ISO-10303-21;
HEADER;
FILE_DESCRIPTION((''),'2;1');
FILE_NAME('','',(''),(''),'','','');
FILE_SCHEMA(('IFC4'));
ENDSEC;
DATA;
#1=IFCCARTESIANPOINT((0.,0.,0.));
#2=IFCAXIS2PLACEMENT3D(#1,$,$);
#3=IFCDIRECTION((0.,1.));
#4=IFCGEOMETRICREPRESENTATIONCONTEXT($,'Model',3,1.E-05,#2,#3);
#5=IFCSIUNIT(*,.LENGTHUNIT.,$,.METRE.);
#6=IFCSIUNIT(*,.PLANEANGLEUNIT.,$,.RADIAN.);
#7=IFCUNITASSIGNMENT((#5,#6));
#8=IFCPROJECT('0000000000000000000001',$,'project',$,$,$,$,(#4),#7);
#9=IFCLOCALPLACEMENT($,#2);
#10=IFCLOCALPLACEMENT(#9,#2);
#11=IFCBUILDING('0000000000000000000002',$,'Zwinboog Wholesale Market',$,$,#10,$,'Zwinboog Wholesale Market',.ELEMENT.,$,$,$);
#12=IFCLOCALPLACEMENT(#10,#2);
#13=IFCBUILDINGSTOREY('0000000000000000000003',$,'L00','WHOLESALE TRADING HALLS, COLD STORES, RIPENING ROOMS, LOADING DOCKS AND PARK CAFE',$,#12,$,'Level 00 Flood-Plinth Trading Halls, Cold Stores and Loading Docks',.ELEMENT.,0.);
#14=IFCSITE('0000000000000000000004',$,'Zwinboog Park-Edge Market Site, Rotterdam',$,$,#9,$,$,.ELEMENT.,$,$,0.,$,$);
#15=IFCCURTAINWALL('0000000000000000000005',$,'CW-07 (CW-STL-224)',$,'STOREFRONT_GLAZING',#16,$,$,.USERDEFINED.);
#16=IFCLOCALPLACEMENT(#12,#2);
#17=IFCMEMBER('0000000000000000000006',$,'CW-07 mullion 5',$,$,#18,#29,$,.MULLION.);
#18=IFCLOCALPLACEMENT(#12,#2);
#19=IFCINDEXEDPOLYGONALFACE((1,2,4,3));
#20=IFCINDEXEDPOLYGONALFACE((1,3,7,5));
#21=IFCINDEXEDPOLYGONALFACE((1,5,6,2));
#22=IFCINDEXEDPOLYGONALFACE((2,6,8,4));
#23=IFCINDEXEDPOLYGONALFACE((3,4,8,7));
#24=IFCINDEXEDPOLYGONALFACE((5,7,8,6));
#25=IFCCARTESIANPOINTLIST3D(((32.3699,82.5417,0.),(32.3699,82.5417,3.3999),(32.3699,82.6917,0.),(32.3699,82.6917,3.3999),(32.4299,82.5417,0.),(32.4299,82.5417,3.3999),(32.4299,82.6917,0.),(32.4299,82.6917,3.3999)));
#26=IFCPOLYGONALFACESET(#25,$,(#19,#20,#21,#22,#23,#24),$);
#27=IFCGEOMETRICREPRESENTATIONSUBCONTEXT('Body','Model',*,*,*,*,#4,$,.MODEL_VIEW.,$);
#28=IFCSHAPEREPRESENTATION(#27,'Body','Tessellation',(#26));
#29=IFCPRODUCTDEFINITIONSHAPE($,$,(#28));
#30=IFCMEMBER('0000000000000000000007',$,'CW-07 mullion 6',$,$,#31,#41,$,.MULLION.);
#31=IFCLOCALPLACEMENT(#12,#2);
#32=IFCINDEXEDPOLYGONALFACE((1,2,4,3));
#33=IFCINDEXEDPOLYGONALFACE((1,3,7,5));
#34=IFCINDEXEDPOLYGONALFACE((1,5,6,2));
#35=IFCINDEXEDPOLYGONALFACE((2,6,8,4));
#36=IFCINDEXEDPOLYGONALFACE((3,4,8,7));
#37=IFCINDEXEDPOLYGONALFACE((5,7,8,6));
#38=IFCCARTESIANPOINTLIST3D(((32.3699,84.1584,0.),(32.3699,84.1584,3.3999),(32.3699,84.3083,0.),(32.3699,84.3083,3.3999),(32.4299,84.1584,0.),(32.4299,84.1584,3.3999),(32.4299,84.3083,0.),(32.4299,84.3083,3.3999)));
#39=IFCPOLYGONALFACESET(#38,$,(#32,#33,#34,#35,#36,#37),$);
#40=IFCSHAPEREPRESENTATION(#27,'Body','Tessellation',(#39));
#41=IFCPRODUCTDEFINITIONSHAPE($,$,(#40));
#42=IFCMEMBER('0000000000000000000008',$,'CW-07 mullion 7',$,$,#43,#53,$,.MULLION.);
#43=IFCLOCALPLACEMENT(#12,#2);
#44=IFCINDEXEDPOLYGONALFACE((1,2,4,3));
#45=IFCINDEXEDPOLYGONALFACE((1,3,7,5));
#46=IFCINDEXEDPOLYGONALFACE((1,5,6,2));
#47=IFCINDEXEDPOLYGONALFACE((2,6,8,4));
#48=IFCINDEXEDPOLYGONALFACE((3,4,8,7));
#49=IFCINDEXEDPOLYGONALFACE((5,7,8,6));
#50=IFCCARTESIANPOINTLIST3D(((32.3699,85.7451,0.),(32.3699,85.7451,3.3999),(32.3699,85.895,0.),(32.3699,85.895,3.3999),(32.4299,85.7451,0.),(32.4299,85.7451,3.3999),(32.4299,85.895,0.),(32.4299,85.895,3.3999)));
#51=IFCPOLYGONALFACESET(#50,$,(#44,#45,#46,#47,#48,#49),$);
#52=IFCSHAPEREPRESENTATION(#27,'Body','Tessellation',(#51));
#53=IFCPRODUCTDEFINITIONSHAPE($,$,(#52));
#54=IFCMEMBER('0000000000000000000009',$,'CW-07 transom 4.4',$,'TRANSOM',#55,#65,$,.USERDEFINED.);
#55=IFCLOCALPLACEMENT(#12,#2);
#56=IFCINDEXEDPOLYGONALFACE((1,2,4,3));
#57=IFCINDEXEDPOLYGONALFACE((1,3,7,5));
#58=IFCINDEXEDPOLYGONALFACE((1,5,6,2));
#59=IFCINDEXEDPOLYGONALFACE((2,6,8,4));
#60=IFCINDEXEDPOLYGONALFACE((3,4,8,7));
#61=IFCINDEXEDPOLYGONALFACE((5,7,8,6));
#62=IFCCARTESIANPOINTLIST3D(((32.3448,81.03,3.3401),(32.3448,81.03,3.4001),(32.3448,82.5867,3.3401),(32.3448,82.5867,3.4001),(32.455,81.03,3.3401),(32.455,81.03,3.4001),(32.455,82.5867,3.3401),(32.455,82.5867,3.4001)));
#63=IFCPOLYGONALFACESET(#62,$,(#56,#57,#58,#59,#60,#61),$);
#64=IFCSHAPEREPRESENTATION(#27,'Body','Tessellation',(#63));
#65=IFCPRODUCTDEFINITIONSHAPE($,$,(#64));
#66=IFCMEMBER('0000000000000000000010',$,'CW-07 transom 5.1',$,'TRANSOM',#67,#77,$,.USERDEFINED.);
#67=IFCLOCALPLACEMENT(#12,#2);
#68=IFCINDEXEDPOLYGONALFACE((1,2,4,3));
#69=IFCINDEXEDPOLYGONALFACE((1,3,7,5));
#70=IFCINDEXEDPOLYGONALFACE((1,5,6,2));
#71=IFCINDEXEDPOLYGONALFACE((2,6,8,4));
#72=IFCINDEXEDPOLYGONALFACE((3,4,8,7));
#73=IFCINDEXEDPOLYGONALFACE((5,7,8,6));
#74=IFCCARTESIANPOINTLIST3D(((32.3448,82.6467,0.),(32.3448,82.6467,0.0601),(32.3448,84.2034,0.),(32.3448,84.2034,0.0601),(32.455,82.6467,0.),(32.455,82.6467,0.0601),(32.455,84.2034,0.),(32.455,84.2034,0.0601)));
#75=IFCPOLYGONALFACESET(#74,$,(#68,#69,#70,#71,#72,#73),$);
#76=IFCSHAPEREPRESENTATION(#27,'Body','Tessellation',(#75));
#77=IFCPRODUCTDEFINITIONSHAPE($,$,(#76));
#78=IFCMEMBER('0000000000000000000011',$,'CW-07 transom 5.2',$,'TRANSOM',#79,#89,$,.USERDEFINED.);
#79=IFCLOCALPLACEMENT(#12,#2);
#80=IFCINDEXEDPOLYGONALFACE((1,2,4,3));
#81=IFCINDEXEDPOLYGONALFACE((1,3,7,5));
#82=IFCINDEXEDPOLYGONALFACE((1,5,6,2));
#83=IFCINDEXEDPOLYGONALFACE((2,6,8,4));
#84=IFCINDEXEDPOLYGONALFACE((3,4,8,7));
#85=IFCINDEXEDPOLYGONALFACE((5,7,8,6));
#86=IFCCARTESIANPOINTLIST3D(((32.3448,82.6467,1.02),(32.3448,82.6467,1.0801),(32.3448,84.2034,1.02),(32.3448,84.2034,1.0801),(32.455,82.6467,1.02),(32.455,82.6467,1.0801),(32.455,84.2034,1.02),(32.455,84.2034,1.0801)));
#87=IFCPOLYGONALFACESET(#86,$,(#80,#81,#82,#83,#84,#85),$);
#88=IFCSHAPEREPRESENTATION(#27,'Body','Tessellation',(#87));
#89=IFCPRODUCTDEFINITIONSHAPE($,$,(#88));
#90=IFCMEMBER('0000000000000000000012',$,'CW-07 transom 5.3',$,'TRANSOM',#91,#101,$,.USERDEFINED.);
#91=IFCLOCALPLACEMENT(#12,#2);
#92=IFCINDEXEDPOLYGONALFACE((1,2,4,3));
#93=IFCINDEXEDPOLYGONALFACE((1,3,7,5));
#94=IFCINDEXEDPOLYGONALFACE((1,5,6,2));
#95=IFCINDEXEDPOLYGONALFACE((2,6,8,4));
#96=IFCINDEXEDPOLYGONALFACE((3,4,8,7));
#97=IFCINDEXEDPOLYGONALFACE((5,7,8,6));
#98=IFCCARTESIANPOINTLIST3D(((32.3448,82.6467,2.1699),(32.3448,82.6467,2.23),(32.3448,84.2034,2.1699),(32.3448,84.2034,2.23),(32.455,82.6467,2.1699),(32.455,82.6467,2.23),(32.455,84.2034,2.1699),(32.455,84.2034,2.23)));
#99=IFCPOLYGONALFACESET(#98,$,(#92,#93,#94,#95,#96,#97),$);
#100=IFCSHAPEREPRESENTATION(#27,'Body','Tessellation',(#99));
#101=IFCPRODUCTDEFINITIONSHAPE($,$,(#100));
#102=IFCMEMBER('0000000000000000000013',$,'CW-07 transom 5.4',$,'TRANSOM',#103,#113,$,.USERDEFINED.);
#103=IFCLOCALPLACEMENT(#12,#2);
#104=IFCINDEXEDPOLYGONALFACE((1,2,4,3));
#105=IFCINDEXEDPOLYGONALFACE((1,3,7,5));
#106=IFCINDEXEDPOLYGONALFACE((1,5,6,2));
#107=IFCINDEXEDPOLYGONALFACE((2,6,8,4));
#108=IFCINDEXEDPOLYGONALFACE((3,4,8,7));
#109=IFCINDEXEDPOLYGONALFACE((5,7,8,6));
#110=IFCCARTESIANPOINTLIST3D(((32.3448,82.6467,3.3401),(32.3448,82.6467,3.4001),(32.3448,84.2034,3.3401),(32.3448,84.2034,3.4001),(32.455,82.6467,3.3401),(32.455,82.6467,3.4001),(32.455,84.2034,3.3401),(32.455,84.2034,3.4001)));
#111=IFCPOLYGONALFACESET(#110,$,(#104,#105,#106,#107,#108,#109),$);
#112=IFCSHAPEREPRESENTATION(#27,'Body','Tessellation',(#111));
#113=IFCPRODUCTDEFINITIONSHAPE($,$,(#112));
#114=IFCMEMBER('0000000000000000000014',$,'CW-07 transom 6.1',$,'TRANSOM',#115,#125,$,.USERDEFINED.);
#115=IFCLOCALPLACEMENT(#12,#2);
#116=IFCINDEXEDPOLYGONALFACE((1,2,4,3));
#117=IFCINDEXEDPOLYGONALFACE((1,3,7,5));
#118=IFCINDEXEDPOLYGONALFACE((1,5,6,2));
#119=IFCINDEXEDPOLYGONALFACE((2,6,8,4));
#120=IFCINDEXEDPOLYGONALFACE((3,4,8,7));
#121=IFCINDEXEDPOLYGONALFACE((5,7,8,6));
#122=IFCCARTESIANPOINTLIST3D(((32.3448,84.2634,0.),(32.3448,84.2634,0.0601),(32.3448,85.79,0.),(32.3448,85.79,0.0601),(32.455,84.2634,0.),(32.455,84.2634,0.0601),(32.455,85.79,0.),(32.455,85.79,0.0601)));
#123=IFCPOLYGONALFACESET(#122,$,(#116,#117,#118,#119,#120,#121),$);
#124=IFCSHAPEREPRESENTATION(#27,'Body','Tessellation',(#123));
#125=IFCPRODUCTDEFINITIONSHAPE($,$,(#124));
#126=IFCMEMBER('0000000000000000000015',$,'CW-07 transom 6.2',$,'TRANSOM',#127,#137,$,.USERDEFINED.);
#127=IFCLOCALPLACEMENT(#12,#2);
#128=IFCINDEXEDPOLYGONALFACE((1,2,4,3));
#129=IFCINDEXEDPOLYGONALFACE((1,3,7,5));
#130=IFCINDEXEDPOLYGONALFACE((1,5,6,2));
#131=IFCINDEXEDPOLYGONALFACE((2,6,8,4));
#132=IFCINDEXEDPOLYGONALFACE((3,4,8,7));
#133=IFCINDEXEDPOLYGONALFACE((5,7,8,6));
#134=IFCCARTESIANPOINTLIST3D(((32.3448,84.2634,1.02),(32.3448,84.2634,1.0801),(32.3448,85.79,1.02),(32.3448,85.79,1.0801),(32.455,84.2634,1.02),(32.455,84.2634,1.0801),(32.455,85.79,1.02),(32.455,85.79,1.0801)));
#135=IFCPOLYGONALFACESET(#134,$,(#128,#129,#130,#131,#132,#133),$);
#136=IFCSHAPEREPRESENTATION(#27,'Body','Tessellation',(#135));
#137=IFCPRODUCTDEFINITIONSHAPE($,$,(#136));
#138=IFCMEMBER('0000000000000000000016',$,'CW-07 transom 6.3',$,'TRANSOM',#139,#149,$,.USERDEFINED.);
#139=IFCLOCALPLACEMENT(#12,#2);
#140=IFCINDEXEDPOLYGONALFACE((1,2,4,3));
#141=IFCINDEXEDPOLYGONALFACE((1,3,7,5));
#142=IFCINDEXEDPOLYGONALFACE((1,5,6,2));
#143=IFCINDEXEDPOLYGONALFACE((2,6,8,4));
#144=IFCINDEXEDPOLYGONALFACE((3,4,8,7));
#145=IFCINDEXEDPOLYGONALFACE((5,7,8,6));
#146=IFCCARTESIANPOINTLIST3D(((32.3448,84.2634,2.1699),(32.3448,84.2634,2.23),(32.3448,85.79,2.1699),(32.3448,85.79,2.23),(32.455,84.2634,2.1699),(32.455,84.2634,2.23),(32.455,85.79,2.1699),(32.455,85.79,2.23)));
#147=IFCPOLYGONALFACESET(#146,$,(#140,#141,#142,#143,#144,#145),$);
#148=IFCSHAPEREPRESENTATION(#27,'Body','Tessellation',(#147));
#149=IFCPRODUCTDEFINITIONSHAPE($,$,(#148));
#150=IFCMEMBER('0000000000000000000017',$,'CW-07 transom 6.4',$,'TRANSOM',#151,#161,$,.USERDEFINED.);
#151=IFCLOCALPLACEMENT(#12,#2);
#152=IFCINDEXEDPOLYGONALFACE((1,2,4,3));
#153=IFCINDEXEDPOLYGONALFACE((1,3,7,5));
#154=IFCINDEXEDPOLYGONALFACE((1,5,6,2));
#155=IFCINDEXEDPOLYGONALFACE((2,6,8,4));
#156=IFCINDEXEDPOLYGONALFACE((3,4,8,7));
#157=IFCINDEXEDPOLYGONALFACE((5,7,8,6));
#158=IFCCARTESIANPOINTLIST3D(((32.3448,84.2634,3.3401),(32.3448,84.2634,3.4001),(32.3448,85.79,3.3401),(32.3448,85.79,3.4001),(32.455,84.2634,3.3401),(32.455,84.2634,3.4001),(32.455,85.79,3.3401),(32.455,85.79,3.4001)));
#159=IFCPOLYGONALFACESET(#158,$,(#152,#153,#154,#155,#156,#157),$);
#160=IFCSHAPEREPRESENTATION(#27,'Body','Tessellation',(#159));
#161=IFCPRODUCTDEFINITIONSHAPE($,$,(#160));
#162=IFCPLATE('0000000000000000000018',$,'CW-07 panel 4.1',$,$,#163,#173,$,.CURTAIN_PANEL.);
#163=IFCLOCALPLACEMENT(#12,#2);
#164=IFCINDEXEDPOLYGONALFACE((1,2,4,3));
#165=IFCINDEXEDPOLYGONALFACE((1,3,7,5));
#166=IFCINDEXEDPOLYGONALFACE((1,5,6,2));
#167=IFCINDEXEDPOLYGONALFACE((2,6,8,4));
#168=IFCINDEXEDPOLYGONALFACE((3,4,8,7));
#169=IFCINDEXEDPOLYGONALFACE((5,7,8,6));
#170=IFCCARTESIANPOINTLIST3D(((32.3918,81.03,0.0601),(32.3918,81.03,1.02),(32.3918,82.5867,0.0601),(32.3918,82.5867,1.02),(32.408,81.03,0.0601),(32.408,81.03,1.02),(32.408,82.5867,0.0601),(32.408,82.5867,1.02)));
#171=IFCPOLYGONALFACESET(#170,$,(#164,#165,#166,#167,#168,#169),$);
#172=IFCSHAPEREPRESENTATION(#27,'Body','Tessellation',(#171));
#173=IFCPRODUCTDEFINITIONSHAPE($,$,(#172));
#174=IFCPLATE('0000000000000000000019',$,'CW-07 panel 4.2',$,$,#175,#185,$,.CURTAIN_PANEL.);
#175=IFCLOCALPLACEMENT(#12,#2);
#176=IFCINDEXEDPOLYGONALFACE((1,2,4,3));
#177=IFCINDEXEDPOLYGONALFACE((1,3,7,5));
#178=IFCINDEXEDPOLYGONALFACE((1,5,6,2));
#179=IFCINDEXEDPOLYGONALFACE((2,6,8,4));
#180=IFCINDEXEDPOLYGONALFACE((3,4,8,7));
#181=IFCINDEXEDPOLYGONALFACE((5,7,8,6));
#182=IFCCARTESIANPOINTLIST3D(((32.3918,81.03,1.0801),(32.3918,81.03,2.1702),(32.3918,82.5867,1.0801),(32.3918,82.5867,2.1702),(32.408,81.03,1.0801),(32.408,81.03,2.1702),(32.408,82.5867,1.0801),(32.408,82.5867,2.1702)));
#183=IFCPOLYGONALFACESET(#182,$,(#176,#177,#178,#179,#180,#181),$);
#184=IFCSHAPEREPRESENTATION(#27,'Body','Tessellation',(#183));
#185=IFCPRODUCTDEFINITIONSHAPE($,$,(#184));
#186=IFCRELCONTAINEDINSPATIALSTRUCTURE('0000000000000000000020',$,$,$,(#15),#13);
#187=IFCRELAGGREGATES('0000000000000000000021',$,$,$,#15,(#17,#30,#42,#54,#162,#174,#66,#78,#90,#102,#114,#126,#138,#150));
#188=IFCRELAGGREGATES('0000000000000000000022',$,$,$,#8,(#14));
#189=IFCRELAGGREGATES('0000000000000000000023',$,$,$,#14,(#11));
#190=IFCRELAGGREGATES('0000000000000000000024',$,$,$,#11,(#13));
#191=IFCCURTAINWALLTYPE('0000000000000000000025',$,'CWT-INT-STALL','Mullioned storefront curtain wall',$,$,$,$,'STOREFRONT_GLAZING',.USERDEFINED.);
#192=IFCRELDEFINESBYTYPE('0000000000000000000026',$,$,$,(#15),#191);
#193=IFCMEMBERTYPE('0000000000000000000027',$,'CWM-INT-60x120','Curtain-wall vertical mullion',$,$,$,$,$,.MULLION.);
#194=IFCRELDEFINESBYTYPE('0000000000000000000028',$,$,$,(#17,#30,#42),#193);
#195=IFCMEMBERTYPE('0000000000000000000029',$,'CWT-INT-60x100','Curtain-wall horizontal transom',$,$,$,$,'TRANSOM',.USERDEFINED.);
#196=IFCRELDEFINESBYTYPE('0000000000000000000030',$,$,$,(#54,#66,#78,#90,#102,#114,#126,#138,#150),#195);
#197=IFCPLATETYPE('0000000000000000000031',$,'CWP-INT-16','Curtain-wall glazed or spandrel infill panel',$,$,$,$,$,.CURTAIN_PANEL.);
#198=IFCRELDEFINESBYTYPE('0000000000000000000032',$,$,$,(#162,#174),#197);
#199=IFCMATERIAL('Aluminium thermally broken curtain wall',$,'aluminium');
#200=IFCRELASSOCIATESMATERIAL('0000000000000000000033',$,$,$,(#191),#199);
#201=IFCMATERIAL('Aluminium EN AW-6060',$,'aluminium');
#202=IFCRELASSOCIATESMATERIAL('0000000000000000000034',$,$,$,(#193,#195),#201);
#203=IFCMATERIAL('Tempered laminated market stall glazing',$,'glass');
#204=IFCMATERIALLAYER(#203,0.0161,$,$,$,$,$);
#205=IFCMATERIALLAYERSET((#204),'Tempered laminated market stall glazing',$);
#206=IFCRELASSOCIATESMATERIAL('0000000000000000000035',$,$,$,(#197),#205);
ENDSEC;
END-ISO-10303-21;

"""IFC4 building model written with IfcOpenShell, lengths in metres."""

from ifc_helpers import new_model, si_unit, direction, frame, origin, origin_2d, place, context, subcontext, project, spatial, rectangle, extrude, material, layer, layer_set, material_profile, profile_set, type_object, element, aggregate, save


model = new_model("IFC4")

# Units and contexts
model_context = context("Model", 3, precision=1e-05, world=origin(), true_north=direction((0.0, 1.0)))
body_context = subcontext(model_context, "Body", "Model", "MODEL_VIEW")
ifc_project = project(units=[si_unit("LENGTHUNIT", "METRE"), si_unit("PLANEANGLEUNIT", "RADIAN")], contexts=[model_context])

# Site, building, storey
site_placement = place(None, origin())
site = spatial("IfcSite", under=ifc_project, at=site_placement, Name="Zwinboog Park-Edge Market Site, Rotterdam", CompositionType="ELEMENT", RefElevation=0.0)
building_placement = place(site_placement, origin())
building = spatial("IfcBuilding", under=site, at=building_placement, Name="Zwinboog Wholesale Market", LongName="Zwinboog Wholesale Market", CompositionType="ELEMENT")
storey_placement = place(building_placement, origin())
storey = spatial("IfcBuildingStorey", under=building, at=storey_placement, Name="L00", Description="WHOLESALE TRADING HALLS, COLD STORES, RIPENING ROOMS, LOADING DOCKS AND PARK CAFE", LongName="Level 00 Flood-Plinth Trading Halls, Cold Stores and Loading Docks", CompositionType="ELEMENT", Elevation=0.0)

# Curtain wall, members, plates
ifc_material_1 = material(Name="Aluminium thermally broken curtain wall", Category="aluminium")
curtain_wall_type = type_object("IfcCurtainWallType", Name="CWT-INT-STALL", Description="Mullioned storefront curtain wall", ElementType="STOREFRONT_GLAZING", PredefinedType="USERDEFINED", material=ifc_material_1)
curtain_wall_placement = place(storey_placement, origin())
curtain_wall = element("IfcCurtainWall", 1, at=curtain_wall_placement, inside=storey, type_object=curtain_wall_type, Name="CW-07 (CW-STL-224)", ObjectType="STOREFRONT_GLAZING", PredefinedType="USERDEFINED")
ifc_material_2 = material(Name="Aluminium EN AW-6060", Category="aluminium")
ifc_material_profile_1 = material_profile(ifc_material_2, rectangle(XDim=0.0601, YDim=0.1499, at=origin_2d()), Name="AL 60x150")
ifc_profile_set_1 = profile_set([ifc_material_profile_1], Name="Aluminium EN AW-6060")
member_type_1 = type_object("IfcMemberType", Name="CWM-INT-60x120", Description="Curtain-wall vertical mullion", PredefinedType="MULLION", material=ifc_profile_set_1)
member_1_placement = place(storey_placement, frame((32.3999, 82.6167, 0.0), z_axis=(0.0, 0.0, 1.0), x_axis=(-1.0, 0.0, 0.0)))
member_1 = element("IfcMember", 2, at=member_1_placement, type_object=member_type_1, Name="CW-07 mullion 5", PredefinedType="MULLION", context=body_context, shape_type="SweptSolid", body=[
    extrude(rectangle(XDim=0.0601, YDim=0.1499, at=origin_2d()), origin(), (0.0, 0.0, 1.0), 3.3999),
])
member_2_placement = place(storey_placement, frame((32.3999, 84.2334, 0.0), z_axis=(0.0, 0.0, 1.0), x_axis=(-1.0, 0.0, 0.0)))
member_2 = element("IfcMember", 3, at=member_2_placement, type_object=member_type_1, Name="CW-07 mullion 6", PredefinedType="MULLION", context=body_context, shape_type="SweptSolid", body=[
    extrude(rectangle(XDim=0.0601, YDim=0.1499, at=origin_2d()), origin(), (0.0, 0.0, 1.0), 3.3999),
])
member_3_placement = place(storey_placement, frame((32.3999, 85.8201, 0.0), z_axis=(0.0, 0.0, 1.0), x_axis=(-1.0, 0.0, 0.0)))
member_3 = element("IfcMember", 4, at=member_3_placement, type_object=member_type_1, Name="CW-07 mullion 7", PredefinedType="MULLION", context=body_context, shape_type="SweptSolid", body=[
    extrude(rectangle(XDim=0.0601, YDim=0.1499, at=origin_2d()), origin(), (0.0, 0.0, 1.0), 3.3999),
])
ifc_material_profile_2 = material_profile(ifc_material_2, rectangle(XDim=0.1101, YDim=0.0601, at=origin_2d()), Name="AL 60x110")
ifc_profile_set_2 = profile_set([ifc_material_profile_2], Name="Aluminium EN AW-6060")
member_type_2 = type_object("IfcMemberType", Name="CWT-INT-60x100", Description="Curtain-wall horizontal transom", ElementType="TRANSOM", PredefinedType="USERDEFINED", material=ifc_profile_set_2)
member_4_placement = place(storey_placement, frame((32.3999, 81.03, 3.3701), z_axis=(0.0, 1.0, 0.0), x_axis=(-1.0, 0.0, 0.0)))
member_4 = element("IfcMember", 5, at=member_4_placement, type_object=member_type_2, Name="CW-07 transom 4.4", ObjectType="TRANSOM", PredefinedType="USERDEFINED", context=body_context, shape_type="SweptSolid", body=[
    extrude(rectangle(XDim=0.1101, YDim=0.0601, at=origin_2d()), origin(), (0.0, 0.0, 1.0), 1.5566),
])
member_5_placement = place(storey_placement, frame((32.3999, 82.6467, 0.03), z_axis=(0.0, 1.0, 0.0), x_axis=(-1.0, 0.0, 0.0)))
member_5 = element("IfcMember", 6, at=member_5_placement, type_object=member_type_2, Name="CW-07 transom 5.1", ObjectType="TRANSOM", PredefinedType="USERDEFINED", context=body_context, shape_type="SweptSolid", body=[
    extrude(rectangle(XDim=0.1101, YDim=0.0601, at=origin_2d()), origin(), (0.0, 0.0, 1.0), 1.5566),
])
member_6_placement = place(storey_placement, frame((32.3999, 82.6467, 1.05), z_axis=(0.0, 1.0, 0.0), x_axis=(-1.0, 0.0, 0.0)))
member_6 = element("IfcMember", 7, at=member_6_placement, type_object=member_type_2, Name="CW-07 transom 5.2", ObjectType="TRANSOM", PredefinedType="USERDEFINED", context=body_context, shape_type="SweptSolid", body=[
    extrude(rectangle(XDim=0.1101, YDim=0.0601, at=origin_2d()), origin(), (0.0, 0.0, 1.0), 1.5566),
])
member_7_placement = place(storey_placement, frame((32.3999, 82.6467, 2.2), z_axis=(0.0, 1.0, 0.0), x_axis=(-1.0, 0.0, 0.0)))
member_7 = element("IfcMember", 8, at=member_7_placement, type_object=member_type_2, Name="CW-07 transom 5.3", ObjectType="TRANSOM", PredefinedType="USERDEFINED", context=body_context, shape_type="SweptSolid", body=[
    extrude(rectangle(XDim=0.1101, YDim=0.0601, at=origin_2d()), origin(), (0.0, 0.0, 1.0), 1.5566),
])
member_8_placement = place(storey_placement, frame((32.3999, 82.6467, 3.3701), z_axis=(0.0, 1.0, 0.0), x_axis=(-1.0, 0.0, 0.0)))
member_8 = element("IfcMember", 9, at=member_8_placement, type_object=member_type_2, Name="CW-07 transom 5.4", ObjectType="TRANSOM", PredefinedType="USERDEFINED", context=body_context, shape_type="SweptSolid", body=[
    extrude(rectangle(XDim=0.1101, YDim=0.0601, at=origin_2d()), origin(), (0.0, 0.0, 1.0), 1.5566),
])
member_9_placement = place(storey_placement, frame((32.3999, 84.2634, 0.03), z_axis=(0.0, 1.0, 0.0), x_axis=(-1.0, 0.0, 0.0)))
member_9 = element("IfcMember", 10, at=member_9_placement, type_object=member_type_2, Name="CW-07 transom 6.1", ObjectType="TRANSOM", PredefinedType="USERDEFINED", context=body_context, shape_type="SweptSolid", body=[
    extrude(rectangle(XDim=0.1101, YDim=0.0601, at=origin_2d()), origin(), (0.0, 0.0, 1.0), 1.5266),
])
member_10_placement = place(storey_placement, frame((32.3999, 84.2634, 1.05), z_axis=(0.0, 1.0, 0.0), x_axis=(-1.0, 0.0, 0.0)))
member_10 = element("IfcMember", 11, at=member_10_placement, type_object=member_type_2, Name="CW-07 transom 6.2", ObjectType="TRANSOM", PredefinedType="USERDEFINED", context=body_context, shape_type="SweptSolid", body=[
    extrude(rectangle(XDim=0.1101, YDim=0.0601, at=origin_2d()), origin(), (0.0, 0.0, 1.0), 1.5266),
])
member_11_placement = place(storey_placement, frame((32.3999, 84.2634, 2.2), z_axis=(0.0, 1.0, 0.0), x_axis=(-1.0, 0.0, 0.0)))
member_11 = element("IfcMember", 12, at=member_11_placement, type_object=member_type_2, Name="CW-07 transom 6.3", ObjectType="TRANSOM", PredefinedType="USERDEFINED", context=body_context, shape_type="SweptSolid", body=[
    extrude(rectangle(XDim=0.1101, YDim=0.0601, at=origin_2d()), origin(), (0.0, 0.0, 1.0), 1.5266),
])
member_12_placement = place(storey_placement, frame((32.3999, 84.2634, 3.3701), z_axis=(0.0, 1.0, 0.0), x_axis=(-1.0, 0.0, 0.0)))
member_12 = element("IfcMember", 13, at=member_12_placement, type_object=member_type_2, Name="CW-07 transom 6.4", ObjectType="TRANSOM", PredefinedType="USERDEFINED", context=body_context, shape_type="SweptSolid", body=[
    extrude(rectangle(XDim=0.1101, YDim=0.0601, at=origin_2d()), origin(), (0.0, 0.0, 1.0), 1.5266),
])
ifc_material_3 = material(Name="Tempered laminated market stall glazing", Category="glass")
ifc_layer = layer(ifc_material_3, 0.0161)
ifc_layer_set = layer_set([ifc_layer], Name="Tempered laminated market stall glazing")
plate_type = type_object("IfcPlateType", Name="CWP-INT-16", Description="Curtain-wall glazed or spandrel infill panel", PredefinedType="CURTAIN_PANEL", material=ifc_layer_set)
plate_1_placement = place(storey_placement, frame((32.3999, 81.8083, 0.0601), z_axis=(0.0, 0.0, 1.0), x_axis=(0.0, 1.0, 0.0)))
plate_1 = element("IfcPlate", 14, at=plate_1_placement, type_object=plate_type, Name="CW-07 panel 4.1", PredefinedType="CURTAIN_PANEL", context=body_context, shape_type="SweptSolid", body=[
    extrude(rectangle(XDim=1.5566, YDim=0.0161, at=origin_2d()), origin(), (0.0, 0.0, 1.0), 0.96),
])
plate_2_placement = place(storey_placement, frame((32.3999, 81.8083, 1.0801), z_axis=(0.0, 0.0, 1.0), x_axis=(0.0, 1.0, 0.0)))
plate_2 = element("IfcPlate", 15, at=plate_2_placement, type_object=plate_type, Name="CW-07 panel 4.2", PredefinedType="CURTAIN_PANEL", context=body_context, shape_type="SweptSolid", body=[
    extrude(rectangle(XDim=1.5566, YDim=0.0161, at=origin_2d()), origin(), (0.0, 0.0, 1.0), 1.0901),
])
aggregate(curtain_wall, [member_1, member_2, member_3, member_4, plate_1, plate_2, member_5, member_6, member_7, member_8, member_9, member_10, member_11, member_12])

save(model, "model.ifc")
